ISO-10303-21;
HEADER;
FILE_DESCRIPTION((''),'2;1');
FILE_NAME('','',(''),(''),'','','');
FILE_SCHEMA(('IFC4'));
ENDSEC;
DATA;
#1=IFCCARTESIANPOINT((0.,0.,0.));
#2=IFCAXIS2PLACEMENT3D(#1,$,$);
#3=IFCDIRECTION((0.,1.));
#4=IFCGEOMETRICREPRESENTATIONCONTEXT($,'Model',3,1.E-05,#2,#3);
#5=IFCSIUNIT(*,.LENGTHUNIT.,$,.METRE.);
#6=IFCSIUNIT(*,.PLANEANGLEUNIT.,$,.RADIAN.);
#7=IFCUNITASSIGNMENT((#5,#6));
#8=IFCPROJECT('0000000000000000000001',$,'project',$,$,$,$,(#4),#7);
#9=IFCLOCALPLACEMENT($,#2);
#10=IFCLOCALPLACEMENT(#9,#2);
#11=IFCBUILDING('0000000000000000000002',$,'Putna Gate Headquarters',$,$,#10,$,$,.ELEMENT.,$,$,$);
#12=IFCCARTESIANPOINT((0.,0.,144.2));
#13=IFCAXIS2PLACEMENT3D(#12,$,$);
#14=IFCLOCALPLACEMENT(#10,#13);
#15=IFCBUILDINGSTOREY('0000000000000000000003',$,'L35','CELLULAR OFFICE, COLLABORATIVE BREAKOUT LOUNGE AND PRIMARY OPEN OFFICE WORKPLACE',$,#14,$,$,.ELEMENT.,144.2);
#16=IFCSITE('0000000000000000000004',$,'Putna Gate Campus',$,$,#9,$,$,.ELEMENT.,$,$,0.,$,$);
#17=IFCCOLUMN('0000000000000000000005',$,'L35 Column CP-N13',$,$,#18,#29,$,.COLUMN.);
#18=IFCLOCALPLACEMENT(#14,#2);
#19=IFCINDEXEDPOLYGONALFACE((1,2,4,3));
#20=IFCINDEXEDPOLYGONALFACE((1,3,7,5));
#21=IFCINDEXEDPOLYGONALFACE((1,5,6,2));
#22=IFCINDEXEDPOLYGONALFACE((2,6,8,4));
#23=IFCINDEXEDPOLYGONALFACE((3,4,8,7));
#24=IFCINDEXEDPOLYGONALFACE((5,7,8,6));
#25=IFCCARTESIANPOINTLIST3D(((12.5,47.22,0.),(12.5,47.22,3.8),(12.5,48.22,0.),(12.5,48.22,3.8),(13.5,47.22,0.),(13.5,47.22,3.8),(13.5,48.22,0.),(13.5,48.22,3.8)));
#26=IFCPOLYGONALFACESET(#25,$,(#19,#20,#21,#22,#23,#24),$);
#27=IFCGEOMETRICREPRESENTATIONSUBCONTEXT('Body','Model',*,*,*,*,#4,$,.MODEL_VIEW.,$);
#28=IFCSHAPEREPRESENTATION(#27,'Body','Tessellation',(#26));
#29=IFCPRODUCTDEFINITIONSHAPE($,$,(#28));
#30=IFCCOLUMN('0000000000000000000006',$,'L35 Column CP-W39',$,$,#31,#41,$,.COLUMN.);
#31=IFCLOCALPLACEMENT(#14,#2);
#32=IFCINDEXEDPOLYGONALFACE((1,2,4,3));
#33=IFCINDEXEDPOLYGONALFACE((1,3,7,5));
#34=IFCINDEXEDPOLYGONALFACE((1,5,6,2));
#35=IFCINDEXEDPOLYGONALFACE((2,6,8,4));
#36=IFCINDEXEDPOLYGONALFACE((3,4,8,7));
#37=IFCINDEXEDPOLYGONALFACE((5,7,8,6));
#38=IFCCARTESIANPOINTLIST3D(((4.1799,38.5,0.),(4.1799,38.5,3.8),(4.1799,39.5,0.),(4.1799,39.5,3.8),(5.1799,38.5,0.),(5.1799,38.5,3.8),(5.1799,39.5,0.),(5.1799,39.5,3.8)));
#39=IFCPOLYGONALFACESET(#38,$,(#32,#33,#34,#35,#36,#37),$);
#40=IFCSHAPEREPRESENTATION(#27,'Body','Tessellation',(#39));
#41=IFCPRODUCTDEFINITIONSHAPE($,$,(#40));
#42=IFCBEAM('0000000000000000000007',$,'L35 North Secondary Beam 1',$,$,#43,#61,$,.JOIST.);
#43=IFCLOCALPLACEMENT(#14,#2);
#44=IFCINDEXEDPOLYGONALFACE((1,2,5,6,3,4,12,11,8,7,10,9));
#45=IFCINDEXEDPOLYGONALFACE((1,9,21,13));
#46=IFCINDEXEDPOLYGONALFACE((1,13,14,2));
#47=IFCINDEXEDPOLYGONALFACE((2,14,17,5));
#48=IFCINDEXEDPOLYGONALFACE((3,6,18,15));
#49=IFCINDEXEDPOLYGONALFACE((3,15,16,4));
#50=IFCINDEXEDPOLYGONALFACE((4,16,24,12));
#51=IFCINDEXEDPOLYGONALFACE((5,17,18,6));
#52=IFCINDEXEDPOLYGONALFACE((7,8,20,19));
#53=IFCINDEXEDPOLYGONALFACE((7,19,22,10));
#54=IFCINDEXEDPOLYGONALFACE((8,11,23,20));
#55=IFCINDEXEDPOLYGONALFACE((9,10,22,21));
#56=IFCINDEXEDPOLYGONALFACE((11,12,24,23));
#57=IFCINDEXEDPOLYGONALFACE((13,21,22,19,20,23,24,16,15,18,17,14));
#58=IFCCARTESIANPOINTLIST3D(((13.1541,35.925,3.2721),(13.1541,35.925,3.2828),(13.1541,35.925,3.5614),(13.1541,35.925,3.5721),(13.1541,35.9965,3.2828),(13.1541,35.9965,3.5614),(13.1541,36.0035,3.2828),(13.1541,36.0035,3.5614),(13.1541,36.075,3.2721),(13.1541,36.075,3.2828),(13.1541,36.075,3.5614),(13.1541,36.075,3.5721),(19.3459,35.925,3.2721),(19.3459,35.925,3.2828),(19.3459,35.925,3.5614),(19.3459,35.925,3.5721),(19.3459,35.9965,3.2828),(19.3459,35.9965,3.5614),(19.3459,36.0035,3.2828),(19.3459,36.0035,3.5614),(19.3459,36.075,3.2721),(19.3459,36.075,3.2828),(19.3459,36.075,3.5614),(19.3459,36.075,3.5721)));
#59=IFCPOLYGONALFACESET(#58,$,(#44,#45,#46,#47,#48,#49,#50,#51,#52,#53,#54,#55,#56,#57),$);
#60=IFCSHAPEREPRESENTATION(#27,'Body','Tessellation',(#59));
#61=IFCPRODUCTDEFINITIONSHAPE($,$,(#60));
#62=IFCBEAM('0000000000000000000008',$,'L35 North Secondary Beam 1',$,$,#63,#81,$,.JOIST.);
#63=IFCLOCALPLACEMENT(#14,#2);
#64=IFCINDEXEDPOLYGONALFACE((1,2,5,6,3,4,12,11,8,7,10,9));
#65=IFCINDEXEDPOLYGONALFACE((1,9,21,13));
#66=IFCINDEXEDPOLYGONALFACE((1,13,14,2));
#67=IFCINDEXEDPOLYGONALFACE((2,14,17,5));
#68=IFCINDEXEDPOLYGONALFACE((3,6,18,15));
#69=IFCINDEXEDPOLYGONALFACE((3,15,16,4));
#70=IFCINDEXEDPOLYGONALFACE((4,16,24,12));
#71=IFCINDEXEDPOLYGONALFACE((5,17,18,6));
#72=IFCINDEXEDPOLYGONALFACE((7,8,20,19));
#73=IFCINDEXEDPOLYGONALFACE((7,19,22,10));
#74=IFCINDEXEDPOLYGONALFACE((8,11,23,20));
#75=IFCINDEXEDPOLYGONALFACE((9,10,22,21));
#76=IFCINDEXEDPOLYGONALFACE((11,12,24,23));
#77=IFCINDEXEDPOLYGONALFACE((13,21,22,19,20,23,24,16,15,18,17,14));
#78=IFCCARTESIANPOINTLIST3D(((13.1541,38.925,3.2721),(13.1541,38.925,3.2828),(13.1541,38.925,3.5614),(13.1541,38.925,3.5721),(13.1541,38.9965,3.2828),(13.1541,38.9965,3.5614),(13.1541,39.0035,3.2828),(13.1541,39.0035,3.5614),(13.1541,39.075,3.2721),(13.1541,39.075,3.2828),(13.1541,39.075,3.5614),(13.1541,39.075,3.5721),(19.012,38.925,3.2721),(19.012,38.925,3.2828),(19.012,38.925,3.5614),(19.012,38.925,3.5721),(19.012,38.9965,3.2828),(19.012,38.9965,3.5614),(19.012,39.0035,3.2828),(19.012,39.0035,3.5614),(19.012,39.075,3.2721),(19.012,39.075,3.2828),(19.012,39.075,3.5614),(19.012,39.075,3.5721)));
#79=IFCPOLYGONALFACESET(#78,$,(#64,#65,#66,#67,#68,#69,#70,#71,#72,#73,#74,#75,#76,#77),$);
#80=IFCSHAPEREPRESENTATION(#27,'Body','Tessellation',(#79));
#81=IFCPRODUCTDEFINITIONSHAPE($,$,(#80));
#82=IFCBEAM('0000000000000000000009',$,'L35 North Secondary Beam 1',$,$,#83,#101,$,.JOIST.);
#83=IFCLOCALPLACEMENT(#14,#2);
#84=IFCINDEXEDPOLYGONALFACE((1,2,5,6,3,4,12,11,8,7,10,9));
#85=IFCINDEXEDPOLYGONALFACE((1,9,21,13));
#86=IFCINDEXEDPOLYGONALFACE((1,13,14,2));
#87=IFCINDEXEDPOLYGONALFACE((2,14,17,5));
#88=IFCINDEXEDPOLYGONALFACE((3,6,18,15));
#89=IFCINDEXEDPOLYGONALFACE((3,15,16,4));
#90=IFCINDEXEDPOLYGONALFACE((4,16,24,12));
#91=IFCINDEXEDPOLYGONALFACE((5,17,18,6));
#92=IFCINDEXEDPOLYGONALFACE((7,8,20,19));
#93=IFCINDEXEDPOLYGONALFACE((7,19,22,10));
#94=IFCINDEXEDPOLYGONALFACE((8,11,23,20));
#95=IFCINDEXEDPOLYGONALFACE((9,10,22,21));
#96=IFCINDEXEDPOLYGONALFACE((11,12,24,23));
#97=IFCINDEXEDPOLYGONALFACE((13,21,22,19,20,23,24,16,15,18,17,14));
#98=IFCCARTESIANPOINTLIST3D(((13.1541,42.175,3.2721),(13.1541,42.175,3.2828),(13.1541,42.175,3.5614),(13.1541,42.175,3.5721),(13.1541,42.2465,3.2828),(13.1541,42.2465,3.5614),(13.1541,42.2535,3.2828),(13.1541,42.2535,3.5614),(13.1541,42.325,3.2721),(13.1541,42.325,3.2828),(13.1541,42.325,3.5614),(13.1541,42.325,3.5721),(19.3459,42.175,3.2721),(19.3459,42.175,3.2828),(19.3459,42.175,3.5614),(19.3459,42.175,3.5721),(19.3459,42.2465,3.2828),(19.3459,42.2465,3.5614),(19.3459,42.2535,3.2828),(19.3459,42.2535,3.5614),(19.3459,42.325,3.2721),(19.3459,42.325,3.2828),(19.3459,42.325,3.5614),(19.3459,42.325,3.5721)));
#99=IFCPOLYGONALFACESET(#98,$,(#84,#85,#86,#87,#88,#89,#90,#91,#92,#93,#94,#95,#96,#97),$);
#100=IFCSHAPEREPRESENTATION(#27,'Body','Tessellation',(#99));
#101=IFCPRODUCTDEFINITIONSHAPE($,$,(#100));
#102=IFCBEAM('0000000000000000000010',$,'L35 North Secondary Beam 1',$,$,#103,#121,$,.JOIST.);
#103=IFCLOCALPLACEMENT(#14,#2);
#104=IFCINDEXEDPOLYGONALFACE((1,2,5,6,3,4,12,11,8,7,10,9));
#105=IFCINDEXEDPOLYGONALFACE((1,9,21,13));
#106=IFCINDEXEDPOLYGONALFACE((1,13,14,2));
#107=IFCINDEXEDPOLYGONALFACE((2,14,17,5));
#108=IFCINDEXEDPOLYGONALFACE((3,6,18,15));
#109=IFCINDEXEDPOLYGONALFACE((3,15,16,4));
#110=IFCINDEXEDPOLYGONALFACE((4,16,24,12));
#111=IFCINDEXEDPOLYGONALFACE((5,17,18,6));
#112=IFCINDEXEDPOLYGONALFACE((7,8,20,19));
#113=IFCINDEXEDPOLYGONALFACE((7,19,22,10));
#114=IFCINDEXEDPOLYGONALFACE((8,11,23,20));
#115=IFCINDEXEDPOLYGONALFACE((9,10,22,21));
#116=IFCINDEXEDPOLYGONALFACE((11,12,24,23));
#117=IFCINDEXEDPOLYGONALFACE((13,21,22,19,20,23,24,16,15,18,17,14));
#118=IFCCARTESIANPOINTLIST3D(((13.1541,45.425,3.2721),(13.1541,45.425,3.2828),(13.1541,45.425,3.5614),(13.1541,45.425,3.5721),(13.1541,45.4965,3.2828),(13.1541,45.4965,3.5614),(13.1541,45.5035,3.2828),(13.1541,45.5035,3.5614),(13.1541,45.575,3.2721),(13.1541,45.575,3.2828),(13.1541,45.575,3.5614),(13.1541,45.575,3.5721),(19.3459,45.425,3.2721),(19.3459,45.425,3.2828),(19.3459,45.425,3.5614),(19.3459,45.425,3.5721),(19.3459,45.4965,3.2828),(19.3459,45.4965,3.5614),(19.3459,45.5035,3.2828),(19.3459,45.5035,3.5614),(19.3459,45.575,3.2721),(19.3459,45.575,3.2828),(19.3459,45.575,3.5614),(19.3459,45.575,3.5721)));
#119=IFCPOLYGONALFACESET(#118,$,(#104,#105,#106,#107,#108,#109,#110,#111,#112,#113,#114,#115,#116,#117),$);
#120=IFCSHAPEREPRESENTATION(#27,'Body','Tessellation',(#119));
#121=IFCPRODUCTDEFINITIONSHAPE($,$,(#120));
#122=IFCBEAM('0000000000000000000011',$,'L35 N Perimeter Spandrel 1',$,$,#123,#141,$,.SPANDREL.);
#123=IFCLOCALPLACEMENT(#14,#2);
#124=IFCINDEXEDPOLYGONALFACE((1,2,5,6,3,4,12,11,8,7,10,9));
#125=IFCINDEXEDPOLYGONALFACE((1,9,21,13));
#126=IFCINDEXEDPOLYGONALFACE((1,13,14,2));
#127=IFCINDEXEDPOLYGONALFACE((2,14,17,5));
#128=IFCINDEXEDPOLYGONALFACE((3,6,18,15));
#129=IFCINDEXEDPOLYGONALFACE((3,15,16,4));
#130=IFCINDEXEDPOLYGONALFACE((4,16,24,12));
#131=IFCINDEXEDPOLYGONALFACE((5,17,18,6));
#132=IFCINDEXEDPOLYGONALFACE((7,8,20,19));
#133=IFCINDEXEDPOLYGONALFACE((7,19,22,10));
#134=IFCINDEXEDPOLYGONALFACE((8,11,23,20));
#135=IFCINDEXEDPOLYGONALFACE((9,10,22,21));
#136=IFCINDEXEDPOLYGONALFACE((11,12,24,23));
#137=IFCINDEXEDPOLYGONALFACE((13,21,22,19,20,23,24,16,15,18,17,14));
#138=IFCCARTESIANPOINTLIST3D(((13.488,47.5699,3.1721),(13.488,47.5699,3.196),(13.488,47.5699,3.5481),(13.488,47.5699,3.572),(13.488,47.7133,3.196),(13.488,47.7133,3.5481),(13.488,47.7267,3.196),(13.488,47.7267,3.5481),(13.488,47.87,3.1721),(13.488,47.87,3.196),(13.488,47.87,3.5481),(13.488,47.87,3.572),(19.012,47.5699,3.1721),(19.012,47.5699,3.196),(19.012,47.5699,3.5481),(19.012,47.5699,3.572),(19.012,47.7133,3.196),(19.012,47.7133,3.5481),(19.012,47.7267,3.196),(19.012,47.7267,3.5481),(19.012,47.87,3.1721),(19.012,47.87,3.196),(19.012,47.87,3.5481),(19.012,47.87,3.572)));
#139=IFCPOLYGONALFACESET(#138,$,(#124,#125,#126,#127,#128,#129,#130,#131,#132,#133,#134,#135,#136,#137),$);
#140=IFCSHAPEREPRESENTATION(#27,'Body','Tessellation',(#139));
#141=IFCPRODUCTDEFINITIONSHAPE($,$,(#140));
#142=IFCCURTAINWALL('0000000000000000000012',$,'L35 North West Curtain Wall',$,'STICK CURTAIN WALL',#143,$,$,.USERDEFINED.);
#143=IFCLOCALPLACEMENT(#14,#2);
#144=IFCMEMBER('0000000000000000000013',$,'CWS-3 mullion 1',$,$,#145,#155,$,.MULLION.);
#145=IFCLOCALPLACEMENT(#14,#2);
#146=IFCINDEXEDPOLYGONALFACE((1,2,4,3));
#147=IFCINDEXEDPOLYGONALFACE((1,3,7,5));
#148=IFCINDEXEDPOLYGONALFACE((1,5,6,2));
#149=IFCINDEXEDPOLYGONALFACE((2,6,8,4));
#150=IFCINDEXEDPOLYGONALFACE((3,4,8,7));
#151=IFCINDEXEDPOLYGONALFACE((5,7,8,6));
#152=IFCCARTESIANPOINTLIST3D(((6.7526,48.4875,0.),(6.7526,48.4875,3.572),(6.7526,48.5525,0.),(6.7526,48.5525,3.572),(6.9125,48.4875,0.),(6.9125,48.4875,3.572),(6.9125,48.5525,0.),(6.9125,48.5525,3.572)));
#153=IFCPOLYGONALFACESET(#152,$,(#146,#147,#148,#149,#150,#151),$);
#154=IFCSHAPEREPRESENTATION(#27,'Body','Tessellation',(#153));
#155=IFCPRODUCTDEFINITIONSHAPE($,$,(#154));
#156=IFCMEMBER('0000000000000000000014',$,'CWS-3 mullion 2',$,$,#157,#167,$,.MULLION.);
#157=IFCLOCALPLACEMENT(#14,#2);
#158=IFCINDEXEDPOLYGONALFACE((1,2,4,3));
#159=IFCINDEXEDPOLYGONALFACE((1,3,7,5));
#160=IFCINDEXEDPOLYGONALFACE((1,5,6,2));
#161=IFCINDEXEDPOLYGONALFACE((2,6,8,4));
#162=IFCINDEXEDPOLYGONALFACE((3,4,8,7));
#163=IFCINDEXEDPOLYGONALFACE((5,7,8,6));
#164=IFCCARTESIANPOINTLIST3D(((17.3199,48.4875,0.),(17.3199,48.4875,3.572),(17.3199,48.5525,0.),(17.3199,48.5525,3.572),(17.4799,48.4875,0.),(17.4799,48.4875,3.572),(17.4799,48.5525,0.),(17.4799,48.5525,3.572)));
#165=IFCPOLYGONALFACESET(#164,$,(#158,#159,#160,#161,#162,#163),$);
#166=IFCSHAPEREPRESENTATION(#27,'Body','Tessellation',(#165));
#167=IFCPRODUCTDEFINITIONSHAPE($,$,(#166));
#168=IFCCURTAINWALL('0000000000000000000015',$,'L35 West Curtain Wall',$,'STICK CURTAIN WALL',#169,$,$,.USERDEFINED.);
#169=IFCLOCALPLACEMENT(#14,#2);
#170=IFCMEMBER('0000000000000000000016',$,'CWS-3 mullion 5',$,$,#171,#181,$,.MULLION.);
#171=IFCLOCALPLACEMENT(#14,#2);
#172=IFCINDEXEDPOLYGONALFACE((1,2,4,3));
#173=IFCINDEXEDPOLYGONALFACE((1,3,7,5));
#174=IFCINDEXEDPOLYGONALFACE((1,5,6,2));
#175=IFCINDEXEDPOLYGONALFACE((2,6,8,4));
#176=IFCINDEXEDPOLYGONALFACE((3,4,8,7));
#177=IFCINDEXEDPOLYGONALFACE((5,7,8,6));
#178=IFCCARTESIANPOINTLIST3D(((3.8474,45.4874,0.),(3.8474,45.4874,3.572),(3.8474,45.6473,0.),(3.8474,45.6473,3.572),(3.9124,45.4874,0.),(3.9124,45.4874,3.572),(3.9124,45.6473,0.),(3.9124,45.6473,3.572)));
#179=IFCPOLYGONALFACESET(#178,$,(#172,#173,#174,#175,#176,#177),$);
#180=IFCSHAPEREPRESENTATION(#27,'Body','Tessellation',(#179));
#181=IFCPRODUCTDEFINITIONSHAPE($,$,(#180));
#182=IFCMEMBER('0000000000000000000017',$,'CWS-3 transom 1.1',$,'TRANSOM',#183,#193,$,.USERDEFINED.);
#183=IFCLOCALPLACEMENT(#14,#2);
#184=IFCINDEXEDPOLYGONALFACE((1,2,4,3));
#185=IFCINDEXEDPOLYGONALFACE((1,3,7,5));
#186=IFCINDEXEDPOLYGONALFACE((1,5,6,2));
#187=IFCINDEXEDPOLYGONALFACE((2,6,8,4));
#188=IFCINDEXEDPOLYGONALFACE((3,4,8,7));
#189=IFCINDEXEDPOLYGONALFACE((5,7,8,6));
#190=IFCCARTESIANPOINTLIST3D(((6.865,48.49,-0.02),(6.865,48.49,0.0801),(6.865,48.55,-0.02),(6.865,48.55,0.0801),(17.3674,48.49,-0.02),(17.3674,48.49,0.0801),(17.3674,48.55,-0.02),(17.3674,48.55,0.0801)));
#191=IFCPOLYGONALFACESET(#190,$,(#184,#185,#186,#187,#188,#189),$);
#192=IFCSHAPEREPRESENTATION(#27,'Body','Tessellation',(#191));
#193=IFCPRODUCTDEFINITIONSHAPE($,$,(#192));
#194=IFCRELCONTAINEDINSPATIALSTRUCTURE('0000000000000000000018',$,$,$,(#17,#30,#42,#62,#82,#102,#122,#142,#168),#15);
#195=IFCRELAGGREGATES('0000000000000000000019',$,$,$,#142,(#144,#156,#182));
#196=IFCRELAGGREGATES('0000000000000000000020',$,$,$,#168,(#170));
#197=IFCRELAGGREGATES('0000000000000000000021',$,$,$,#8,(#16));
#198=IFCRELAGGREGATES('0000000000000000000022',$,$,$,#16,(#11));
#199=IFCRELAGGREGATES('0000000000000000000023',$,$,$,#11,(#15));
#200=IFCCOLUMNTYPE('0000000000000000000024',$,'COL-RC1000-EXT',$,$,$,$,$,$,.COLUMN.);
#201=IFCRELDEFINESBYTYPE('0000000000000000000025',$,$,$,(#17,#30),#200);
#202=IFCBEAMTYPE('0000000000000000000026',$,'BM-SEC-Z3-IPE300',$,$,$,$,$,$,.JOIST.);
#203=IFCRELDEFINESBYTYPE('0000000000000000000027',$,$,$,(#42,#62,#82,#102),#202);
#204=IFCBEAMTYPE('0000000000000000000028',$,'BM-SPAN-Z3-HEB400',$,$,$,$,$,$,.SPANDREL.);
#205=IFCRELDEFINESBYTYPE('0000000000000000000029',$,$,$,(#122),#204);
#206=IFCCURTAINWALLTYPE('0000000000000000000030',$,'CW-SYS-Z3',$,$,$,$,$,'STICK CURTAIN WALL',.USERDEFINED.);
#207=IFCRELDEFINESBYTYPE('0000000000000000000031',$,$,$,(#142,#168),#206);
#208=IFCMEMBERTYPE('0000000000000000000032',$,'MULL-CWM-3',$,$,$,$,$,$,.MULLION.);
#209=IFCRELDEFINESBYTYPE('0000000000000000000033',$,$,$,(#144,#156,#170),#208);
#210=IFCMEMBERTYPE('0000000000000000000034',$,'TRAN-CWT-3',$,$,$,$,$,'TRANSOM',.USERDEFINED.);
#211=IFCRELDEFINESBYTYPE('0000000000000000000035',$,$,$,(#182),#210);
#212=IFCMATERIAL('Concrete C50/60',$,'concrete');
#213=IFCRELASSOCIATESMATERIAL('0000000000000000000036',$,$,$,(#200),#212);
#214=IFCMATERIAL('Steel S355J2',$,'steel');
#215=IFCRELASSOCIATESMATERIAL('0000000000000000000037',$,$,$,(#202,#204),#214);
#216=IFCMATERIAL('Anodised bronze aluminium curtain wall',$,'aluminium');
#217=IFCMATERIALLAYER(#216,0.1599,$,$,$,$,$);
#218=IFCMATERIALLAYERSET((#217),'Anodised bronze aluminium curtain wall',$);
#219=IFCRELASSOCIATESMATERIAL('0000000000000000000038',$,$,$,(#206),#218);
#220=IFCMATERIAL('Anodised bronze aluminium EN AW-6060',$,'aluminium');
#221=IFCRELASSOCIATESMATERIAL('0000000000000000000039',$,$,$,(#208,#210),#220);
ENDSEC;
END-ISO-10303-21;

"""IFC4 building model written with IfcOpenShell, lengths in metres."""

from ifc_helpers import new_model, si_unit, direction, frame, origin, origin_2d, place, context, subcontext, project, spatial, rectangle, i_section, extrude, material, layer, layer_set, material_profile, profile_set, type_object, element, aggregate, save


model = new_model("IFC4")

# Units and contexts
model_context = context("Model", 3, precision=1e-05, world=origin(), true_north=direction((0.0, 1.0)))
body_context = subcontext(model_context, "Body", "Model", "MODEL_VIEW")
ifc_project = project(units=[si_unit("LENGTHUNIT", "METRE"), si_unit("PLANEANGLEUNIT", "RADIAN")], contexts=[model_context])

# Site, building, storey
site_placement = place(None, origin())
site = spatial("IfcSite", under=ifc_project, at=site_placement, Name="Putna Gate Campus", CompositionType="ELEMENT", RefElevation=0.0)
building_placement = place(site_placement, origin())
building = spatial("IfcBuilding", under=site, at=building_placement, Name="Putna Gate Headquarters", CompositionType="ELEMENT")
storey_placement = place(building_placement, frame((0.0, 0.0, 144.2)))
storey = spatial("IfcBuildingStorey", under=building, at=storey_placement, Name="L35", Description="CELLULAR OFFICE, COLLABORATIVE BREAKOUT LOUNGE AND PRIMARY OPEN OFFICE WORKPLACE", CompositionType="ELEMENT", Elevation=144.2)

# Columns
ifc_material_1 = material(Name="Concrete C50/60", Category="concrete")
ifc_material_profile_1 = material_profile(ifc_material_1, rectangle(XDim=1.0, YDim=1.0, at=origin_2d()), Name="Concrete C50/60")
ifc_profile_set_1 = profile_set([ifc_material_profile_1], Name="Concrete C50/60")
column_type = type_object("IfcColumnType", Name="COL-RC1000-EXT", PredefinedType="COLUMN", material=ifc_profile_set_1)
for number, where, z_axis, x_axis, name in (
    (1, (13.0, 47.72, 0.0), (0.0, 0.0, 1.0), (1.0, 0.0, 0.0), "L35 Column CP-N13"),
    (2, (4.6799, 39.0, 0.0), (0.0, 0.0, 1.0), (1.0, 0.0, 0.0), "L35 Column CP-W39"),
):
    element("IfcColumn", number, at=place(storey_placement, frame(where, z_axis=z_axis, x_axis=x_axis)), inside=storey, type_object=column_type, Name=name, PredefinedType="COLUMN", context=body_context, shape_type="SweptSolid", body=[
        extrude(rectangle(XDim=1.0, YDim=1.0, at=origin_2d()), origin(), (0.0, 0.0, 1.0), 3.8),
    ])

# Beams
ifc_material_2 = material(Name="Steel S355J2", Category="steel")
ifc_material_profile_2 = material_profile(ifc_material_2, i_section(OverallWidth=0.1499, OverallDepth=0.3, WebThickness=0.0071, FlangeThickness=0.0107, at=origin_2d()), Name="Steel S355J2")
ifc_profile_set_2 = profile_set([ifc_material_profile_2], Name="Steel S355J2")
beam_type_1 = type_object("IfcBeamType", Name="BM-SEC-Z3-IPE300", PredefinedType="JOIST", material=ifc_profile_set_2)
beam_1_placement = place(storey_placement, frame((13.1541, 36.0, 3.4221), z_axis=(1.0, 0.0, 0.0), x_axis=(0.0, 1.0, 0.0)))
element("IfcBeam", 3, at=beam_1_placement, inside=storey, type_object=beam_type_1, Name="L35 North Secondary Beam 1", PredefinedType="JOIST", context=body_context, shape_type="SweptSolid", body=[
    extrude(i_section(OverallWidth=0.1499, OverallDepth=0.3, WebThickness=0.0071, FlangeThickness=0.0107, at=origin_2d()), origin(), (0.0, 0.0, 1.0), 6.1919),
])
beam_2_placement = place(storey_placement, frame((13.1541, 39.0, 3.4221), z_axis=(1.0, 0.0, 0.0), x_axis=(0.0, 1.0, 0.0)))
element("IfcBeam", 4, at=beam_2_placement, inside=storey, type_object=beam_type_1, Name="L35 North Secondary Beam 1", PredefinedType="JOIST", context=body_context, shape_type="SweptSolid", body=[
    extrude(i_section(OverallWidth=0.1499, OverallDepth=0.3, WebThickness=0.0071, FlangeThickness=0.0107, at=origin_2d()), origin(), (0.0, 0.0, 1.0), 5.8579),
])
for number, where, z_axis, x_axis, name in (
    (5, (13.1541, 42.25, 3.4221), (1.0, 0.0, 0.0), (0.0, 1.0, 0.0), "L35 North Secondary Beam 1"),
    (6, (13.1541, 45.5, 3.4221), (1.0, 0.0, 0.0), (0.0, 1.0, 0.0), "L35 North Secondary Beam 1"),
):
    element("IfcBeam", number, at=place(storey_placement, frame(where, z_axis=z_axis, x_axis=x_axis)), inside=storey, type_object=beam_type_1, Name=name, PredefinedType="JOIST", context=body_context, shape_type="SweptSolid", body=[
        extrude(i_section(OverallWidth=0.1499, OverallDepth=0.3, WebThickness=0.0071, FlangeThickness=0.0107, at=origin_2d()), origin(), (0.0, 0.0, 1.0), 6.1919),
    ])
ifc_material_profile_3 = material_profile(ifc_material_2, i_section(OverallWidth=0.3, OverallDepth=0.3999, WebThickness=0.0134, FlangeThickness=0.0239, at=origin_2d()), Name="Steel S355J2")
ifc_profile_set_3 = profile_set([ifc_material_profile_3], Name="Steel S355J2")
beam_type_2 = type_object("IfcBeamType", Name="BM-SPAN-Z3-HEB400", PredefinedType="SPANDREL", material=ifc_profile_set_3)
beam_3_placement = place(storey_placement, frame((13.488, 47.72, 3.3721), z_axis=(1.0, 0.0, 0.0), x_axis=(0.0, 1.0, 0.0)))
element("IfcBeam", 7, at=beam_3_placement, inside=storey, type_object=beam_type_2, Name="L35 N Perimeter Spandrel 1", PredefinedType="SPANDREL", context=body_context, shape_type="SweptSolid", body=[
    extrude(i_section(OverallWidth=0.3, OverallDepth=0.3999, WebThickness=0.0134, FlangeThickness=0.0239, at=origin_2d()), origin(), (0.0, 0.0, 1.0), 5.5239),
])

# Curtain wall, members
ifc_material_3 = material(Name="Anodised bronze aluminium curtain wall", Category="aluminium")
ifc_layer_1 = layer(ifc_material_3, 0.1599)
ifc_layer_set_1 = layer_set([ifc_layer_1], Name="Anodised bronze aluminium curtain wall")
curtain_wall_type = type_object("IfcCurtainWallType", Name="CW-SYS-Z3", ElementType="STICK CURTAIN WALL", PredefinedType="USERDEFINED", material=ifc_layer_set_1)
curtain_wall_1_placement = place(storey_placement, origin())
curtain_wall_1 = element("IfcCurtainWall", 8, at=curtain_wall_1_placement, inside=storey, type_object=curtain_wall_type, Name="L35 North West Curtain Wall", ObjectType="STICK CURTAIN WALL", PredefinedType="USERDEFINED")
ifc_material_4 = material(Name="Anodised bronze aluminium EN AW-6060", Category="aluminium")
ifc_material_profile_4 = material_profile(ifc_material_4, rectangle(XDim=0.0649, YDim=0.1599, at=origin_2d()), Name="Anodised bronze aluminium EN AW-6060")
ifc_profile_set_4 = profile_set([ifc_material_profile_4], Name="Anodised bronze aluminium EN AW-6060")
member_type_1 = type_object("IfcMemberType", Name="MULL-CWM-3", PredefinedType="MULLION", material=ifc_profile_set_4)
member_1_placement = place(storey_placement, frame((6.8325, 48.52, 0.0), z_axis=(0.0, 0.0, 1.0), x_axis=(0.0, 1.0, 0.0)))
member_1 = element("IfcMember", 9, at=member_1_placement, type_object=member_type_1, Name="CWS-3 mullion 1", PredefinedType="MULLION", context=body_context, shape_type="SweptSolid", body=[
    extrude(rectangle(XDim=0.0649, YDim=0.1599, at=origin_2d()), origin(), (0.0, 0.0, 1.0), 3.572),
])
member_2_placement = place(storey_placement, frame((17.3999, 48.52, 0.0), z_axis=(0.0, 0.0, 1.0), x_axis=(0.0, 1.0, 0.0)))
member_2 = element("IfcMember", 10, at=member_2_placement, type_object=member_type_1, Name="CWS-3 mullion 2", PredefinedType="MULLION", context=body_context, shape_type="SweptSolid", body=[
    extrude(rectangle(XDim=0.0649, YDim=0.1599, at=origin_2d()), origin(), (0.0, 0.0, 1.0), 3.572),
])

# Curtain wall, member
curtain_wall_2_placement = place(storey_placement, origin())
curtain_wall_2 = element("IfcCurtainWall", 11, at=curtain_wall_2_placement, inside=storey, type_object=curtain_wall_type, Name="L35 West Curtain Wall", ObjectType="STICK CURTAIN WALL", PredefinedType="USERDEFINED")
member_3_placement = place(storey_placement, frame((3.8799, 45.5674, 0.0), z_axis=(0.0, 0.0, 1.0), x_axis=(-1.0, 0.0, 0.0)))
member_3 = element("IfcMember", 12, at=member_3_placement, type_object=member_type_1, Name="CWS-3 mullion 5", PredefinedType="MULLION", context=body_context, shape_type="SweptSolid", body=[
    extrude(rectangle(XDim=0.0649, YDim=0.1599, at=origin_2d()), origin(), (0.0, 0.0, 1.0), 3.572),
])

# Member
ifc_material_profile_5 = material_profile(ifc_material_4, rectangle(XDim=0.0601, YDim=0.1001, at=origin_2d()), Name="Anodised bronze aluminium EN AW-6060")
ifc_profile_set_5 = profile_set([ifc_material_profile_5], Name="Anodised bronze aluminium EN AW-6060")
member_type_2 = type_object("IfcMemberType", Name="TRAN-CWT-3", ElementType="TRANSOM", PredefinedType="USERDEFINED", material=ifc_profile_set_5)
member_4_placement = place(storey_placement, frame((6.865, 48.52, 0.03), z_axis=(1.0, 0.0, 0.0), x_axis=(0.0, 1.0, 0.0)))
member_4 = element("IfcMember", 13, at=member_4_placement, type_object=member_type_2, Name="CWS-3 transom 1.1", ObjectType="TRANSOM", PredefinedType="USERDEFINED", context=body_context, shape_type="SweptSolid", body=[
    extrude(rectangle(XDim=0.0601, YDim=0.1001, at=origin_2d()), origin(), (0.0, 0.0, 1.0), 10.5024),
])

aggregate(curtain_wall_1, [member_1, member_2, member_4])
aggregate(curtain_wall_2, [member_3])

save(model, "model.ifc")
